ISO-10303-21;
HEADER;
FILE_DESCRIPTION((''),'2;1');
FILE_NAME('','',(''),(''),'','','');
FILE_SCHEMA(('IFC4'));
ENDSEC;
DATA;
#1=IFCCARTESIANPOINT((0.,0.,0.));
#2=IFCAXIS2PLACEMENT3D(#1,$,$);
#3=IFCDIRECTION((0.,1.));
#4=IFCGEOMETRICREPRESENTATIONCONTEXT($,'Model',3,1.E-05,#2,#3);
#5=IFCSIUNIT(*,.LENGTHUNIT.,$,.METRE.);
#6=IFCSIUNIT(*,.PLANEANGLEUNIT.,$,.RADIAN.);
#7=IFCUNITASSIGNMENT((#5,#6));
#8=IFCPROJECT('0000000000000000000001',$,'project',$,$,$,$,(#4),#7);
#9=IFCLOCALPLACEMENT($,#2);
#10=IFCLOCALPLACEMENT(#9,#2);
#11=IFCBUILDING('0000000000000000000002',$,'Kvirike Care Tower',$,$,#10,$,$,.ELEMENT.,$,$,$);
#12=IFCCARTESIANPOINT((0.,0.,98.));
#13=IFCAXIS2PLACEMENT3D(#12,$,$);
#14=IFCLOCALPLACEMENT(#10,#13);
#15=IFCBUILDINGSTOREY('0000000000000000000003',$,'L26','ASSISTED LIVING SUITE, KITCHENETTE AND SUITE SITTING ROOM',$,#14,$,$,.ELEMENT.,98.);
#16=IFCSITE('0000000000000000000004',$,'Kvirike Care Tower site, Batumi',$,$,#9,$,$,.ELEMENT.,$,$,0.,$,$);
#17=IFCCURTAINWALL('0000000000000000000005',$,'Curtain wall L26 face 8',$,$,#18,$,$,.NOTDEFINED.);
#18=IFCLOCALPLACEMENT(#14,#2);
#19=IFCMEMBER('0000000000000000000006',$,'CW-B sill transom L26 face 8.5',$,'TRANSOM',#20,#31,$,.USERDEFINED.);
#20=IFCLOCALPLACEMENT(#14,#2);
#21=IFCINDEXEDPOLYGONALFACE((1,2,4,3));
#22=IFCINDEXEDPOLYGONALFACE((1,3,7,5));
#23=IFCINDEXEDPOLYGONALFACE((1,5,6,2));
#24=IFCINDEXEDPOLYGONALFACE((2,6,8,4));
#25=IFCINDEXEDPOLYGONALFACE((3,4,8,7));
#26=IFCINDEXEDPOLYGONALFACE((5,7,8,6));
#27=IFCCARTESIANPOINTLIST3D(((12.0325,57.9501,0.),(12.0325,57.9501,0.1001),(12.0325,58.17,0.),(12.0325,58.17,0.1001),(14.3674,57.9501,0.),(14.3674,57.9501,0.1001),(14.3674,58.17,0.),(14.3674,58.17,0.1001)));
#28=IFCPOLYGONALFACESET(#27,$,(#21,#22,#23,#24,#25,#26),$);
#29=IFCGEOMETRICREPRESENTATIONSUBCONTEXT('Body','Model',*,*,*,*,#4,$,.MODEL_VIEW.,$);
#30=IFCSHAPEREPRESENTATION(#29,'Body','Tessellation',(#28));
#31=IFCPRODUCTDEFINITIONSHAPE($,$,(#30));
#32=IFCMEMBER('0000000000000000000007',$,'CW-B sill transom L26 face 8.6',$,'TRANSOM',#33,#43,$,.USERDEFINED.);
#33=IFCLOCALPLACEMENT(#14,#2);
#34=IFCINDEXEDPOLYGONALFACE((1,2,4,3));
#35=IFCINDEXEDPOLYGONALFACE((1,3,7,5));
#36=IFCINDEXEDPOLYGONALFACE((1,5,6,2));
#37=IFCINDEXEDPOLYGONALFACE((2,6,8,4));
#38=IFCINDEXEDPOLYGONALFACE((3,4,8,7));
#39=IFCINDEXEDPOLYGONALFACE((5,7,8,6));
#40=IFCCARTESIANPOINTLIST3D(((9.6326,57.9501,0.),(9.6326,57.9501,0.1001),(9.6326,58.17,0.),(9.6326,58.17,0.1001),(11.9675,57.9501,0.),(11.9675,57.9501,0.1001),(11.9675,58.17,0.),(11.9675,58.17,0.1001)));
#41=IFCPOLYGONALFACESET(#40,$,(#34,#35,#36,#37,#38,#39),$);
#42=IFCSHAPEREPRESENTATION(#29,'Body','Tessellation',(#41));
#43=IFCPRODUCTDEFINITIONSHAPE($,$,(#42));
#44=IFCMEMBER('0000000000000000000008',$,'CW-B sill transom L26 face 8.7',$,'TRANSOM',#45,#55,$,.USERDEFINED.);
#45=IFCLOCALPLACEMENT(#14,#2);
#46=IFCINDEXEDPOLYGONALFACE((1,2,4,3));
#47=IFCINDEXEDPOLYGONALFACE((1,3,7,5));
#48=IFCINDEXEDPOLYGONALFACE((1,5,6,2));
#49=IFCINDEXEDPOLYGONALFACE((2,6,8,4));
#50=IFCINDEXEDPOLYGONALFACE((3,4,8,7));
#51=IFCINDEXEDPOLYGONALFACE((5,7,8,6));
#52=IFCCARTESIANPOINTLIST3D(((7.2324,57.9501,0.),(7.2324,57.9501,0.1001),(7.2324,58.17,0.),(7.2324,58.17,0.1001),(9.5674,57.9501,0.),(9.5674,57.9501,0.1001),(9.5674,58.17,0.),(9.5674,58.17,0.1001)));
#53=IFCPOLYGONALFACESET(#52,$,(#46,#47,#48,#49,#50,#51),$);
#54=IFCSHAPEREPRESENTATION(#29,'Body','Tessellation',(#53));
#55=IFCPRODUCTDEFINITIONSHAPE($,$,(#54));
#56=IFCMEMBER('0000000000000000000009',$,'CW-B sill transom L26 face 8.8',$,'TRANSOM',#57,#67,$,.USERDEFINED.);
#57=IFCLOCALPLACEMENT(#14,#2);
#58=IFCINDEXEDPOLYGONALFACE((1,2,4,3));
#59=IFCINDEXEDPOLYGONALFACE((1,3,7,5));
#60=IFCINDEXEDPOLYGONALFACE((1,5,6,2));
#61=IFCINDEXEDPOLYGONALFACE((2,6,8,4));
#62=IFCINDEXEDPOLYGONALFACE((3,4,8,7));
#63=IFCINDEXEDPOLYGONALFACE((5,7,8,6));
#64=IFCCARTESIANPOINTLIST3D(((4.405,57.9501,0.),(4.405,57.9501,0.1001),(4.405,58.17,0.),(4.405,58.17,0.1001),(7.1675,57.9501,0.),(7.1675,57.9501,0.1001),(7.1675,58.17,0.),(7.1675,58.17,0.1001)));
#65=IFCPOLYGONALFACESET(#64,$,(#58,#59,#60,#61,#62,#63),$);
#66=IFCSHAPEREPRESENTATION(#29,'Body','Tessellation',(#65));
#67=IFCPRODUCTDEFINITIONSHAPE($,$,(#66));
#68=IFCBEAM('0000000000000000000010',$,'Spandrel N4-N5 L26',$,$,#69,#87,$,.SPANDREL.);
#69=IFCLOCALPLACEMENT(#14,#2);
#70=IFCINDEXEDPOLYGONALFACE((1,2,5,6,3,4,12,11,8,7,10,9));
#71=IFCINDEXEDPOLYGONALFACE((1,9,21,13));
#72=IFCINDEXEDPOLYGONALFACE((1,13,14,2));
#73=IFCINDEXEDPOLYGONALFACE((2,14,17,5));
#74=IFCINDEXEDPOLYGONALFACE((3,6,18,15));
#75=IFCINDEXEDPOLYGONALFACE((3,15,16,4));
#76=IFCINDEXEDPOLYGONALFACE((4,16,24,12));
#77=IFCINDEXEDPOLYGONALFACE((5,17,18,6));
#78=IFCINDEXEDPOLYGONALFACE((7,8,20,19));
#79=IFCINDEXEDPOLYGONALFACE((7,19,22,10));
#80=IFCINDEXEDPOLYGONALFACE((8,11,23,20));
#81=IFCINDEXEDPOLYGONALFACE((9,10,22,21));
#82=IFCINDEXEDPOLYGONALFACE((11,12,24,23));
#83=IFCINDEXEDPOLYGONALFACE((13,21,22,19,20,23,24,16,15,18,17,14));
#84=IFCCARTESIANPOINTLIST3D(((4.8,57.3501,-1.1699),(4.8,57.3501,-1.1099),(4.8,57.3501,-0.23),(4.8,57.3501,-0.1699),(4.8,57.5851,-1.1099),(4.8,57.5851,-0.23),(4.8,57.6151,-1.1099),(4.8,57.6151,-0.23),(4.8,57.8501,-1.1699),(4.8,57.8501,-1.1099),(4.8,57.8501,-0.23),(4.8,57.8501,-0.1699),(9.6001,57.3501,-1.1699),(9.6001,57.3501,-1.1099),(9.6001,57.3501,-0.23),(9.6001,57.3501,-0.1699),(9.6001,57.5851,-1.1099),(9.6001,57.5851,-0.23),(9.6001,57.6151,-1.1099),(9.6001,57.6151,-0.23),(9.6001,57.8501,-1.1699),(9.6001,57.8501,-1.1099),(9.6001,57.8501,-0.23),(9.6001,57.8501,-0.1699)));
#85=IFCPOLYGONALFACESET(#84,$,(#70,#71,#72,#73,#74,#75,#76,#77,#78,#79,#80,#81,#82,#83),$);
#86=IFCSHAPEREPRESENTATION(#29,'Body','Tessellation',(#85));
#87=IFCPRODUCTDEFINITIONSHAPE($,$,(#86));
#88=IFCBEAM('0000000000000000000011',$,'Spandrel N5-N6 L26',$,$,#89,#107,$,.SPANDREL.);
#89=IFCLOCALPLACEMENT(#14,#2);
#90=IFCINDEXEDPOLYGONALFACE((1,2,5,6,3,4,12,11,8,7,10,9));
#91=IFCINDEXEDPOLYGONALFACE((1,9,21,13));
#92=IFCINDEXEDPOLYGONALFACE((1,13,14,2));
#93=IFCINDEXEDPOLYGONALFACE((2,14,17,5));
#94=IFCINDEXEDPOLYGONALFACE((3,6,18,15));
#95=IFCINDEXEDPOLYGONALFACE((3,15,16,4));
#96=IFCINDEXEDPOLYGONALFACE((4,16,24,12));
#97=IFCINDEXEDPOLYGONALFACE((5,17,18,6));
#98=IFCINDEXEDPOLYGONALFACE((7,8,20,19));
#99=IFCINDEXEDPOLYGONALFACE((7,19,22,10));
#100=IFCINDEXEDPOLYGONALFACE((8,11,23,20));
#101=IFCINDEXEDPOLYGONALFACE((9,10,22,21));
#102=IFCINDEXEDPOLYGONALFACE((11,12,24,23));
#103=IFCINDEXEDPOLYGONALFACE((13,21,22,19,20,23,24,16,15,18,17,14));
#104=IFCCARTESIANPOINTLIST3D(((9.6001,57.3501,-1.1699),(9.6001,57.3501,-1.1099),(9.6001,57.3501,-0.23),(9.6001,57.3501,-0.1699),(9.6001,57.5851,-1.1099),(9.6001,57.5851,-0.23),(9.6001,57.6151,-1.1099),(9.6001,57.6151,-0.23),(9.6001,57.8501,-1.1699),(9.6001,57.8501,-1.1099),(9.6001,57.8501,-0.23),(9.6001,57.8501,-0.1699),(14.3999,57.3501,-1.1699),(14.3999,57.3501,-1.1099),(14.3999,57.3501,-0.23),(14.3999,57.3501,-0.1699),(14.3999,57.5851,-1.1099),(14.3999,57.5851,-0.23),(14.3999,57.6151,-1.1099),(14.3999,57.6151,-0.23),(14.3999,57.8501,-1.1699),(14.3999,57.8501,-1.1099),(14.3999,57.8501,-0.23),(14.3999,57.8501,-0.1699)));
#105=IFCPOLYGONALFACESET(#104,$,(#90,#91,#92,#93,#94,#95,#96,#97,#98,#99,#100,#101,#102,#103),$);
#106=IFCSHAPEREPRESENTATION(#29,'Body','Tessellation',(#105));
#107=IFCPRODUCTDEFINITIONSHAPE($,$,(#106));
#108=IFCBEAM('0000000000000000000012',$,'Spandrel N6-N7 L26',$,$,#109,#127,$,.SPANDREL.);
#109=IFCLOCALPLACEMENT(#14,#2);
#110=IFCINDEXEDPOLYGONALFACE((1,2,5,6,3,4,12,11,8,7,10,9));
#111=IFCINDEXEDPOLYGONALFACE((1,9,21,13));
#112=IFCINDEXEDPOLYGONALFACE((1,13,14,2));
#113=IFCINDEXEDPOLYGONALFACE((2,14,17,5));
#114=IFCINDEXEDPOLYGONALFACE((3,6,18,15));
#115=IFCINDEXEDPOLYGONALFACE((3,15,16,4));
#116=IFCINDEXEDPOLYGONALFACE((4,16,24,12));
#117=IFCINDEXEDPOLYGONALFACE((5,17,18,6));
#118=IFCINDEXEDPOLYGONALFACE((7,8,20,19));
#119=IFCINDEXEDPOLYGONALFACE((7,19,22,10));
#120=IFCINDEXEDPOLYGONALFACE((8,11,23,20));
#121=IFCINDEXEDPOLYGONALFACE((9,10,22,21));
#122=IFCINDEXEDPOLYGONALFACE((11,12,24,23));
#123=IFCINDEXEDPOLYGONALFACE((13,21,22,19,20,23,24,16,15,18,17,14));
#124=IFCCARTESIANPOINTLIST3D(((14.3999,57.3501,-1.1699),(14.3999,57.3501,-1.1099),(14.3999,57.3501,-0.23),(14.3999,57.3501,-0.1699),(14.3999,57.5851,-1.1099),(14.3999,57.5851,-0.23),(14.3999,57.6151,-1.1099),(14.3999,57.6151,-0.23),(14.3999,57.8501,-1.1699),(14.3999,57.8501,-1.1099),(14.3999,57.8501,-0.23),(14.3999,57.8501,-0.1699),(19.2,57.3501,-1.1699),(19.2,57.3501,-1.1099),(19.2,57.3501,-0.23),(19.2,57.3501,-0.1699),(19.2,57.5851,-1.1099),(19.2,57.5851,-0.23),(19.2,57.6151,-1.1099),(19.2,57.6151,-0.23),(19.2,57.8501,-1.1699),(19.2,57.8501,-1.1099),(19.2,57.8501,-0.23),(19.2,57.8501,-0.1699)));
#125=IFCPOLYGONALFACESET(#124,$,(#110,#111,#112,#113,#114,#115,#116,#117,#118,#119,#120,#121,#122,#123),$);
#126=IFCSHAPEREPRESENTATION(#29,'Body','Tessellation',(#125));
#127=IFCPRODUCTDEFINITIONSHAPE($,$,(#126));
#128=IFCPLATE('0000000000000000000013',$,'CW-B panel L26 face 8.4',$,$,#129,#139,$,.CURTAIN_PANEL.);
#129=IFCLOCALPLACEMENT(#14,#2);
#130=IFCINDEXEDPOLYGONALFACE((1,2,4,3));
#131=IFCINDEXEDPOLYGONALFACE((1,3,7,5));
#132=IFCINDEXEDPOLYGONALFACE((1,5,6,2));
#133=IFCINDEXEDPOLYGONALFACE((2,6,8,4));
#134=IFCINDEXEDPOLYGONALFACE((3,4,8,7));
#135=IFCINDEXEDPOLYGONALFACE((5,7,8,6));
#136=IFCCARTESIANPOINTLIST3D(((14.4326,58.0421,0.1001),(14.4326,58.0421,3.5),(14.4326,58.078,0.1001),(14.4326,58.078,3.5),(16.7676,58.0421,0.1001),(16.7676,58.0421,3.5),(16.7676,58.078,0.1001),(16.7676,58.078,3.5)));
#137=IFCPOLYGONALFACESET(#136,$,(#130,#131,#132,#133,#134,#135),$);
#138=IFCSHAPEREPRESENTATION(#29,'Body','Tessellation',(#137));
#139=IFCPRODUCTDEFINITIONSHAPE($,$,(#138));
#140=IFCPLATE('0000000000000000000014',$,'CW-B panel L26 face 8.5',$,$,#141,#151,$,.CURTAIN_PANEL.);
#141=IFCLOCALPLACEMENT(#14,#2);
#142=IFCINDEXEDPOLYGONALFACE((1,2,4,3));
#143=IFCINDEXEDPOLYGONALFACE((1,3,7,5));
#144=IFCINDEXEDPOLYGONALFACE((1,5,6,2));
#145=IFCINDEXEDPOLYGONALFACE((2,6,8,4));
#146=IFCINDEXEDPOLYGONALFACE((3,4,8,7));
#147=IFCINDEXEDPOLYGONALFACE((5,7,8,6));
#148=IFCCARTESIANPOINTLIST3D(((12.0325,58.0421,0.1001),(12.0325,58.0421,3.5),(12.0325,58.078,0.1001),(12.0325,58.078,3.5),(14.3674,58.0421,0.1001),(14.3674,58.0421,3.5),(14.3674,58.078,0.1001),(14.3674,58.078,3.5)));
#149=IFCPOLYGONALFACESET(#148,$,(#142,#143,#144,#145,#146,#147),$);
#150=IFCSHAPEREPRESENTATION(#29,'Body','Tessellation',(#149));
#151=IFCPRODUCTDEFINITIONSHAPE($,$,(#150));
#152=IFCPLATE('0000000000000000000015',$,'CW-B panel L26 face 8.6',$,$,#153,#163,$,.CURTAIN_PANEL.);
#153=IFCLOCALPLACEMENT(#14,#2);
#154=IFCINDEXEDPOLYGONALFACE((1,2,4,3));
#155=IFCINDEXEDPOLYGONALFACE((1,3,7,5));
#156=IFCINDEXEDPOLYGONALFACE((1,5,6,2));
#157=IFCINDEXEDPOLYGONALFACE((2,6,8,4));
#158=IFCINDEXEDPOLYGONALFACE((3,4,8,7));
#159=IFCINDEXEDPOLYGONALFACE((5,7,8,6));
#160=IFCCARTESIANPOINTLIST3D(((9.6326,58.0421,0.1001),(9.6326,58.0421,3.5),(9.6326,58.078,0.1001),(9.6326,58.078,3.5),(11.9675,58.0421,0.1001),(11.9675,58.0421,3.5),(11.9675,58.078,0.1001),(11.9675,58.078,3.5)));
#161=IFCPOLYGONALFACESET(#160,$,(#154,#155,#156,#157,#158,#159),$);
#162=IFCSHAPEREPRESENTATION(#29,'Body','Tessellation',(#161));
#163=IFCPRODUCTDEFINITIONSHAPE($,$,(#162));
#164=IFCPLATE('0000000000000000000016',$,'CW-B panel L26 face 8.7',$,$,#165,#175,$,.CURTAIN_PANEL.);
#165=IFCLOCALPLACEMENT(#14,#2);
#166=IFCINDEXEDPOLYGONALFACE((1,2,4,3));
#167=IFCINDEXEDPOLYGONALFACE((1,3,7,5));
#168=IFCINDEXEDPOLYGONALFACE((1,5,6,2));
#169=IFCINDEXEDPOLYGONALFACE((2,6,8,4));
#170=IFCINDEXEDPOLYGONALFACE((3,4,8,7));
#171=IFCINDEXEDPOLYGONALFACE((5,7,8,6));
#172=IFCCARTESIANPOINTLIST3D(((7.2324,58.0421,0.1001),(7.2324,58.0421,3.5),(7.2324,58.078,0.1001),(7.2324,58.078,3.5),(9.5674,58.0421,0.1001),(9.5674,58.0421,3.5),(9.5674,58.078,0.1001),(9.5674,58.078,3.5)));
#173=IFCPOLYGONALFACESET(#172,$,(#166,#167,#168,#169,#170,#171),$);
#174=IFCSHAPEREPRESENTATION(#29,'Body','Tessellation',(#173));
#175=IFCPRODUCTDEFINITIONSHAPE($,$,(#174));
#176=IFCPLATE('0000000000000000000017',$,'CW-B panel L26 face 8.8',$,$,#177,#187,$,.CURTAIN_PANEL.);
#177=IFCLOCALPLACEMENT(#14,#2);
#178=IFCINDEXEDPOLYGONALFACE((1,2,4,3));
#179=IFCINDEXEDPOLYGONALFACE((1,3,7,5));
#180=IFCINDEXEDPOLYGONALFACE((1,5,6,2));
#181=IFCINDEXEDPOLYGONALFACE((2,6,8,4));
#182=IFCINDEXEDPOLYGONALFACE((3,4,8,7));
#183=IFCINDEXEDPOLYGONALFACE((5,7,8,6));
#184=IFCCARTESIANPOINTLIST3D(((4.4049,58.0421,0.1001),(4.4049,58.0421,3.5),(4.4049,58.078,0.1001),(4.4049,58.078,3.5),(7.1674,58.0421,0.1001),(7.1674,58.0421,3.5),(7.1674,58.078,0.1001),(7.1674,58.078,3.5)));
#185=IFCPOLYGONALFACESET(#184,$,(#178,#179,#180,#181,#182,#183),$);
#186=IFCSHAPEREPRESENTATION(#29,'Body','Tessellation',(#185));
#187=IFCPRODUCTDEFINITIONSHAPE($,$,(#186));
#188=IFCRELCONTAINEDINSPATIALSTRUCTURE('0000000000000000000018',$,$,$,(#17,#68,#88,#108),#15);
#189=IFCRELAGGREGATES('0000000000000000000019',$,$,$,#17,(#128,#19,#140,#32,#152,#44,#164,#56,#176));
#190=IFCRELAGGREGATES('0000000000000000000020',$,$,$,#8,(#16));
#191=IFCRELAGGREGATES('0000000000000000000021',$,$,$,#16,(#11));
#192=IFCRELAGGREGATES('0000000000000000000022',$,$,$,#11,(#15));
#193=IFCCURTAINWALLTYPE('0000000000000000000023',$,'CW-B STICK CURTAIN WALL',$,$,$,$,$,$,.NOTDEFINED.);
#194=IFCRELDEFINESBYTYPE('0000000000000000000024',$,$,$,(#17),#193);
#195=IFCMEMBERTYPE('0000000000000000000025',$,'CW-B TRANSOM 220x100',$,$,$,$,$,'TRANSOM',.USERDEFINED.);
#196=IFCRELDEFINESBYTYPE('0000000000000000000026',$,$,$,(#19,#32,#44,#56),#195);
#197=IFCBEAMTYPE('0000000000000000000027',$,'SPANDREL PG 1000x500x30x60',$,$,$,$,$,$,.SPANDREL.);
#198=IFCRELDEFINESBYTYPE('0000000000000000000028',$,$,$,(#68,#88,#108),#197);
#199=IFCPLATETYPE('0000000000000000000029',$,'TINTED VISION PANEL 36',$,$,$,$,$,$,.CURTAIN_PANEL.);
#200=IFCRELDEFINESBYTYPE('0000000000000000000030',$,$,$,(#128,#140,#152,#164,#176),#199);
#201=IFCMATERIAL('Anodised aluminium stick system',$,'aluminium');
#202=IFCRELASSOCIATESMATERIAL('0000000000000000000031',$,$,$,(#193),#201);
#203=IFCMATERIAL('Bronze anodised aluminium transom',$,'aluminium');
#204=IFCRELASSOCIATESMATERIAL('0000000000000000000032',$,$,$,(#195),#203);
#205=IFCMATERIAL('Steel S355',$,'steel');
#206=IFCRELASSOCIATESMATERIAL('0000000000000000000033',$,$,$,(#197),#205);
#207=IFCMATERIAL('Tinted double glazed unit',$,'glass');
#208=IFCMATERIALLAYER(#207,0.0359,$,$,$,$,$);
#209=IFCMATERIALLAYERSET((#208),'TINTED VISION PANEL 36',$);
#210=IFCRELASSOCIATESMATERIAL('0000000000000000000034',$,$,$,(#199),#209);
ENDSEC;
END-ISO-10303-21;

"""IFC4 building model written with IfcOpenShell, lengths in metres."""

from ifc_helpers import new_model, si_unit, direction, frame, origin, origin_2d, place, context, subcontext, project, spatial, rectangle, i_section, extrude, material, layer, layer_set, material_profile, profile_set, type_object, element, aggregate, save


model = new_model("IFC4")

# Units and contexts
model_context = context("Model", 3, precision=1e-05, world=origin(), true_north=direction((0.0, 1.0)))
body_context = subcontext(model_context, "Body", "Model", "MODEL_VIEW")
ifc_project = project(units=[si_unit("LENGTHUNIT", "METRE"), si_unit("PLANEANGLEUNIT", "RADIAN")], contexts=[model_context])

# Site, building, storey
site_placement = place(None, origin())
site = spatial("IfcSite", under=ifc_project, at=site_placement, Name="Kvirike Care Tower site, Batumi", CompositionType="ELEMENT", RefElevation=0.0)
building_placement = place(site_placement, origin())
building = spatial("IfcBuilding", under=site, at=building_placement, Name="Kvirike Care Tower", CompositionType="ELEMENT")
storey_placement = place(building_placement, frame((0.0, 0.0, 98.0)))
storey = spatial("IfcBuildingStorey", under=building, at=storey_placement, Name="L26", Description="ASSISTED LIVING SUITE, KITCHENETTE AND SUITE SITTING ROOM", CompositionType="ELEMENT", Elevation=98.0)

# Curtain wall, members
ifc_material_1 = material(Name="Anodised aluminium stick system", Category="aluminium")
curtain_wall_type = type_object("IfcCurtainWallType", Name="CW-B STICK CURTAIN WALL", PredefinedType="NOTDEFINED", material=ifc_material_1)
curtain_wall_placement = place(storey_placement, origin())
curtain_wall = element("IfcCurtainWall", 1, at=curtain_wall_placement, inside=storey, type_object=curtain_wall_type, Name="Curtain wall L26 face 8", PredefinedType="NOTDEFINED")
ifc_material_2 = material(Name="Bronze anodised aluminium transom", Category="aluminium")
ifc_material_profile_1 = material_profile(ifc_material_2, rectangle(XDim=0.22, YDim=0.1001, at=origin_2d()), Name="CW-B TRANSOM 220x100")
ifc_profile_set_1 = profile_set([ifc_material_profile_1], Name="Bronze anodised aluminium transom")
member_type_1 = type_object("IfcMemberType", Name="CW-B TRANSOM 220x100", ElementType="TRANSOM", PredefinedType="USERDEFINED", material=ifc_profile_set_1)
member_1_placement = place(storey_placement, frame((14.3674, 58.0601, 0.05), z_axis=(-1.0, 0.0, 0.0), x_axis=(0.0, -1.0, 0.0)))
member_1 = element("IfcMember", 2, at=member_1_placement, type_object=member_type_1, Name="CW-B sill transom L26 face 8.5", ObjectType="TRANSOM", PredefinedType="USERDEFINED", context=body_context, shape_type="SweptSolid", body=[
    extrude(rectangle(XDim=0.22, YDim=0.1001, at=origin_2d()), origin(), (0.0, 0.0, 1.0), 2.335),
])
member_2_placement = place(storey_placement, frame((11.9675, 58.0601, 0.05), z_axis=(-1.0, 0.0, 0.0), x_axis=(0.0, -1.0, 0.0)))
member_2 = element("IfcMember", 3, at=member_2_placement, type_object=member_type_1, Name="CW-B sill transom L26 face 8.6", ObjectType="TRANSOM", PredefinedType="USERDEFINED", context=body_context, shape_type="SweptSolid", body=[
    extrude(rectangle(XDim=0.22, YDim=0.1001, at=origin_2d()), origin(), (0.0, 0.0, 1.0), 2.335),
])
member_3_placement = place(storey_placement, frame((9.5674, 58.0601, 0.05), z_axis=(-1.0, 0.0, 0.0), x_axis=(0.0, -1.0, 0.0)))
member_3 = element("IfcMember", 4, at=member_3_placement, type_object=member_type_1, Name="CW-B sill transom L26 face 8.7", ObjectType="TRANSOM", PredefinedType="USERDEFINED", context=body_context, shape_type="SweptSolid", body=[
    extrude(rectangle(XDim=0.22, YDim=0.1001, at=origin_2d()), origin(), (0.0, 0.0, 1.0), 2.335),
])
member_4_placement = place(storey_placement, frame((7.1675, 58.0601, 0.05), z_axis=(-1.0, 0.0, 0.0), x_axis=(0.0, -1.0, 0.0)))
member_4 = element("IfcMember", 5, at=member_4_placement, type_object=member_type_1, Name="CW-B sill transom L26 face 8.8", ObjectType="TRANSOM", PredefinedType="USERDEFINED", context=body_context, shape_type="SweptSolid", body=[
    extrude(rectangle(XDim=0.22, YDim=0.1001, at=origin_2d()), origin(), (0.0, 0.0, 1.0), 2.7625),
])

# Beams
ifc_material_3 = material(Name="Steel S355", Category="steel")
ifc_material_profile_2 = material_profile(ifc_material_3, i_section(OverallWidth=0.5, OverallDepth=1.0, WebThickness=0.03, FlangeThickness=0.0601, at=origin_2d()), Name="PG 1000x500x30x60")
ifc_profile_set_2 = profile_set([ifc_material_profile_2], Name="Steel S355")
beam_type = type_object("IfcBeamType", Name="SPANDREL PG 1000x500x30x60", PredefinedType="SPANDREL", material=ifc_profile_set_2)
beam_1_placement = place(storey_placement, frame((4.8, 57.6001, -0.6699), z_axis=(1.0, 0.0, 0.0), x_axis=(0.0, 1.0, 0.0)))
element("IfcBeam", 6, at=beam_1_placement, inside=storey, type_object=beam_type, Name="Spandrel N4-N5 L26", PredefinedType="SPANDREL", context=body_context, shape_type="SweptSolid", body=[
    extrude(i_section(OverallWidth=0.5, OverallDepth=1.0, WebThickness=0.03, FlangeThickness=0.0601, at=origin_2d()), origin(), (0.0, 0.0, 1.0), 4.8),
])
beam_2_placement = place(storey_placement, frame((9.6001, 57.6001, -0.6699), z_axis=(1.0, 0.0, 0.0), x_axis=(0.0, 1.0, 0.0)))
element("IfcBeam", 7, at=beam_2_placement, inside=storey, type_object=beam_type, Name="Spandrel N5-N6 L26", PredefinedType="SPANDREL", context=body_context, shape_type="SweptSolid", body=[
    extrude(i_section(OverallWidth=0.5, OverallDepth=1.0, WebThickness=0.03, FlangeThickness=0.0601, at=origin_2d()), origin(), (0.0, 0.0, 1.0), 4.7998),
])
beam_3_placement = place(storey_placement, frame((14.3999, 57.6001, -0.6699), z_axis=(1.0, 0.0, 0.0), x_axis=(0.0, 1.0, 0.0)))
element("IfcBeam", 8, at=beam_3_placement, inside=storey, type_object=beam_type, Name="Spandrel N6-N7 L26", PredefinedType="SPANDREL", context=body_context, shape_type="SweptSolid", body=[
    extrude(i_section(OverallWidth=0.5, OverallDepth=1.0, WebThickness=0.03, FlangeThickness=0.0601, at=origin_2d()), origin(), (0.0, 0.0, 1.0), 4.8),
])

# Plates
ifc_material_4 = material(Name="Tinted double glazed unit", Category="glass")
ifc_layer = layer(ifc_material_4, 0.0359)
ifc_layer_set = layer_set([ifc_layer], Name="TINTED VISION PANEL 36")
plate_type = type_object("IfcPlateType", Name="TINTED VISION PANEL 36", PredefinedType="CURTAIN_PANEL", material=ifc_layer_set)
plate_1_placement = place(storey_placement, frame((15.6001, 58.0601, 0.1001), z_axis=(0.0, 0.0, 1.0), x_axis=(-1.0, 0.0, 0.0)))
plate_1 = element("IfcPlate", 9, at=plate_1_placement, type_object=plate_type, Name="CW-B panel L26 face 8.4", PredefinedType="CURTAIN_PANEL", context=body_context, shape_type="SweptSolid", body=[
    extrude(rectangle(XDim=2.335, YDim=0.0359, at=origin_2d()), origin(), (0.0, 0.0, 1.0), 3.3999),
])
plate_2_placement = place(storey_placement, frame((13.2, 58.0601, 0.1001), z_axis=(0.0, 0.0, 1.0), x_axis=(-1.0, 0.0, 0.0)))
plate_2 = element("IfcPlate", 10, at=plate_2_placement, type_object=plate_type, Name="CW-B panel L26 face 8.5", PredefinedType="CURTAIN_PANEL", context=body_context, shape_type="SweptSolid", body=[
    extrude(rectangle(XDim=2.335, YDim=0.0359, at=origin_2d()), origin(), (0.0, 0.0, 1.0), 3.3999),
])
plate_3_placement = place(storey_placement, frame((10.8, 58.0601, 0.1001), z_axis=(0.0, 0.0, 1.0), x_axis=(-1.0, 0.0, 0.0)))
plate_3 = element("IfcPlate", 11, at=plate_3_placement, type_object=plate_type, Name="CW-B panel L26 face 8.6", PredefinedType="CURTAIN_PANEL", context=body_context, shape_type="SweptSolid", body=[
    extrude(rectangle(XDim=2.335, YDim=0.0359, at=origin_2d()), origin(), (0.0, 0.0, 1.0), 3.3999),
])
plate_4_placement = place(storey_placement, frame((8.3999, 58.0601, 0.1001), z_axis=(0.0, 0.0, 1.0), x_axis=(-1.0, 0.0, 0.0)))
plate_4 = element("IfcPlate", 12, at=plate_4_placement, type_object=plate_type, Name="CW-B panel L26 face 8.7", PredefinedType="CURTAIN_PANEL", context=body_context, shape_type="SweptSolid", body=[
    extrude(rectangle(XDim=2.335, YDim=0.0359, at=origin_2d()), origin(), (0.0, 0.0, 1.0), 3.3999),
])
plate_5_placement = place(storey_placement, frame((5.7861, 58.0601, 0.1001), z_axis=(0.0, 0.0, 1.0), x_axis=(-1.0, 0.0, 0.0)))
plate_5 = element("IfcPlate", 13, at=plate_5_placement, type_object=plate_type, Name="CW-B panel L26 face 8.8", PredefinedType="CURTAIN_PANEL", context=body_context, shape_type="SweptSolid", body=[
    extrude(rectangle(XDim=2.7625, YDim=0.0359, at=origin_2d()), origin(), (0.0, 0.0, 1.0), 3.3999),
])
aggregate(curtain_wall, [plate_1, member_1, plate_2, member_2, plate_3, member_3, plate_4, member_4, plate_5])

save(model, "model.ifc")
